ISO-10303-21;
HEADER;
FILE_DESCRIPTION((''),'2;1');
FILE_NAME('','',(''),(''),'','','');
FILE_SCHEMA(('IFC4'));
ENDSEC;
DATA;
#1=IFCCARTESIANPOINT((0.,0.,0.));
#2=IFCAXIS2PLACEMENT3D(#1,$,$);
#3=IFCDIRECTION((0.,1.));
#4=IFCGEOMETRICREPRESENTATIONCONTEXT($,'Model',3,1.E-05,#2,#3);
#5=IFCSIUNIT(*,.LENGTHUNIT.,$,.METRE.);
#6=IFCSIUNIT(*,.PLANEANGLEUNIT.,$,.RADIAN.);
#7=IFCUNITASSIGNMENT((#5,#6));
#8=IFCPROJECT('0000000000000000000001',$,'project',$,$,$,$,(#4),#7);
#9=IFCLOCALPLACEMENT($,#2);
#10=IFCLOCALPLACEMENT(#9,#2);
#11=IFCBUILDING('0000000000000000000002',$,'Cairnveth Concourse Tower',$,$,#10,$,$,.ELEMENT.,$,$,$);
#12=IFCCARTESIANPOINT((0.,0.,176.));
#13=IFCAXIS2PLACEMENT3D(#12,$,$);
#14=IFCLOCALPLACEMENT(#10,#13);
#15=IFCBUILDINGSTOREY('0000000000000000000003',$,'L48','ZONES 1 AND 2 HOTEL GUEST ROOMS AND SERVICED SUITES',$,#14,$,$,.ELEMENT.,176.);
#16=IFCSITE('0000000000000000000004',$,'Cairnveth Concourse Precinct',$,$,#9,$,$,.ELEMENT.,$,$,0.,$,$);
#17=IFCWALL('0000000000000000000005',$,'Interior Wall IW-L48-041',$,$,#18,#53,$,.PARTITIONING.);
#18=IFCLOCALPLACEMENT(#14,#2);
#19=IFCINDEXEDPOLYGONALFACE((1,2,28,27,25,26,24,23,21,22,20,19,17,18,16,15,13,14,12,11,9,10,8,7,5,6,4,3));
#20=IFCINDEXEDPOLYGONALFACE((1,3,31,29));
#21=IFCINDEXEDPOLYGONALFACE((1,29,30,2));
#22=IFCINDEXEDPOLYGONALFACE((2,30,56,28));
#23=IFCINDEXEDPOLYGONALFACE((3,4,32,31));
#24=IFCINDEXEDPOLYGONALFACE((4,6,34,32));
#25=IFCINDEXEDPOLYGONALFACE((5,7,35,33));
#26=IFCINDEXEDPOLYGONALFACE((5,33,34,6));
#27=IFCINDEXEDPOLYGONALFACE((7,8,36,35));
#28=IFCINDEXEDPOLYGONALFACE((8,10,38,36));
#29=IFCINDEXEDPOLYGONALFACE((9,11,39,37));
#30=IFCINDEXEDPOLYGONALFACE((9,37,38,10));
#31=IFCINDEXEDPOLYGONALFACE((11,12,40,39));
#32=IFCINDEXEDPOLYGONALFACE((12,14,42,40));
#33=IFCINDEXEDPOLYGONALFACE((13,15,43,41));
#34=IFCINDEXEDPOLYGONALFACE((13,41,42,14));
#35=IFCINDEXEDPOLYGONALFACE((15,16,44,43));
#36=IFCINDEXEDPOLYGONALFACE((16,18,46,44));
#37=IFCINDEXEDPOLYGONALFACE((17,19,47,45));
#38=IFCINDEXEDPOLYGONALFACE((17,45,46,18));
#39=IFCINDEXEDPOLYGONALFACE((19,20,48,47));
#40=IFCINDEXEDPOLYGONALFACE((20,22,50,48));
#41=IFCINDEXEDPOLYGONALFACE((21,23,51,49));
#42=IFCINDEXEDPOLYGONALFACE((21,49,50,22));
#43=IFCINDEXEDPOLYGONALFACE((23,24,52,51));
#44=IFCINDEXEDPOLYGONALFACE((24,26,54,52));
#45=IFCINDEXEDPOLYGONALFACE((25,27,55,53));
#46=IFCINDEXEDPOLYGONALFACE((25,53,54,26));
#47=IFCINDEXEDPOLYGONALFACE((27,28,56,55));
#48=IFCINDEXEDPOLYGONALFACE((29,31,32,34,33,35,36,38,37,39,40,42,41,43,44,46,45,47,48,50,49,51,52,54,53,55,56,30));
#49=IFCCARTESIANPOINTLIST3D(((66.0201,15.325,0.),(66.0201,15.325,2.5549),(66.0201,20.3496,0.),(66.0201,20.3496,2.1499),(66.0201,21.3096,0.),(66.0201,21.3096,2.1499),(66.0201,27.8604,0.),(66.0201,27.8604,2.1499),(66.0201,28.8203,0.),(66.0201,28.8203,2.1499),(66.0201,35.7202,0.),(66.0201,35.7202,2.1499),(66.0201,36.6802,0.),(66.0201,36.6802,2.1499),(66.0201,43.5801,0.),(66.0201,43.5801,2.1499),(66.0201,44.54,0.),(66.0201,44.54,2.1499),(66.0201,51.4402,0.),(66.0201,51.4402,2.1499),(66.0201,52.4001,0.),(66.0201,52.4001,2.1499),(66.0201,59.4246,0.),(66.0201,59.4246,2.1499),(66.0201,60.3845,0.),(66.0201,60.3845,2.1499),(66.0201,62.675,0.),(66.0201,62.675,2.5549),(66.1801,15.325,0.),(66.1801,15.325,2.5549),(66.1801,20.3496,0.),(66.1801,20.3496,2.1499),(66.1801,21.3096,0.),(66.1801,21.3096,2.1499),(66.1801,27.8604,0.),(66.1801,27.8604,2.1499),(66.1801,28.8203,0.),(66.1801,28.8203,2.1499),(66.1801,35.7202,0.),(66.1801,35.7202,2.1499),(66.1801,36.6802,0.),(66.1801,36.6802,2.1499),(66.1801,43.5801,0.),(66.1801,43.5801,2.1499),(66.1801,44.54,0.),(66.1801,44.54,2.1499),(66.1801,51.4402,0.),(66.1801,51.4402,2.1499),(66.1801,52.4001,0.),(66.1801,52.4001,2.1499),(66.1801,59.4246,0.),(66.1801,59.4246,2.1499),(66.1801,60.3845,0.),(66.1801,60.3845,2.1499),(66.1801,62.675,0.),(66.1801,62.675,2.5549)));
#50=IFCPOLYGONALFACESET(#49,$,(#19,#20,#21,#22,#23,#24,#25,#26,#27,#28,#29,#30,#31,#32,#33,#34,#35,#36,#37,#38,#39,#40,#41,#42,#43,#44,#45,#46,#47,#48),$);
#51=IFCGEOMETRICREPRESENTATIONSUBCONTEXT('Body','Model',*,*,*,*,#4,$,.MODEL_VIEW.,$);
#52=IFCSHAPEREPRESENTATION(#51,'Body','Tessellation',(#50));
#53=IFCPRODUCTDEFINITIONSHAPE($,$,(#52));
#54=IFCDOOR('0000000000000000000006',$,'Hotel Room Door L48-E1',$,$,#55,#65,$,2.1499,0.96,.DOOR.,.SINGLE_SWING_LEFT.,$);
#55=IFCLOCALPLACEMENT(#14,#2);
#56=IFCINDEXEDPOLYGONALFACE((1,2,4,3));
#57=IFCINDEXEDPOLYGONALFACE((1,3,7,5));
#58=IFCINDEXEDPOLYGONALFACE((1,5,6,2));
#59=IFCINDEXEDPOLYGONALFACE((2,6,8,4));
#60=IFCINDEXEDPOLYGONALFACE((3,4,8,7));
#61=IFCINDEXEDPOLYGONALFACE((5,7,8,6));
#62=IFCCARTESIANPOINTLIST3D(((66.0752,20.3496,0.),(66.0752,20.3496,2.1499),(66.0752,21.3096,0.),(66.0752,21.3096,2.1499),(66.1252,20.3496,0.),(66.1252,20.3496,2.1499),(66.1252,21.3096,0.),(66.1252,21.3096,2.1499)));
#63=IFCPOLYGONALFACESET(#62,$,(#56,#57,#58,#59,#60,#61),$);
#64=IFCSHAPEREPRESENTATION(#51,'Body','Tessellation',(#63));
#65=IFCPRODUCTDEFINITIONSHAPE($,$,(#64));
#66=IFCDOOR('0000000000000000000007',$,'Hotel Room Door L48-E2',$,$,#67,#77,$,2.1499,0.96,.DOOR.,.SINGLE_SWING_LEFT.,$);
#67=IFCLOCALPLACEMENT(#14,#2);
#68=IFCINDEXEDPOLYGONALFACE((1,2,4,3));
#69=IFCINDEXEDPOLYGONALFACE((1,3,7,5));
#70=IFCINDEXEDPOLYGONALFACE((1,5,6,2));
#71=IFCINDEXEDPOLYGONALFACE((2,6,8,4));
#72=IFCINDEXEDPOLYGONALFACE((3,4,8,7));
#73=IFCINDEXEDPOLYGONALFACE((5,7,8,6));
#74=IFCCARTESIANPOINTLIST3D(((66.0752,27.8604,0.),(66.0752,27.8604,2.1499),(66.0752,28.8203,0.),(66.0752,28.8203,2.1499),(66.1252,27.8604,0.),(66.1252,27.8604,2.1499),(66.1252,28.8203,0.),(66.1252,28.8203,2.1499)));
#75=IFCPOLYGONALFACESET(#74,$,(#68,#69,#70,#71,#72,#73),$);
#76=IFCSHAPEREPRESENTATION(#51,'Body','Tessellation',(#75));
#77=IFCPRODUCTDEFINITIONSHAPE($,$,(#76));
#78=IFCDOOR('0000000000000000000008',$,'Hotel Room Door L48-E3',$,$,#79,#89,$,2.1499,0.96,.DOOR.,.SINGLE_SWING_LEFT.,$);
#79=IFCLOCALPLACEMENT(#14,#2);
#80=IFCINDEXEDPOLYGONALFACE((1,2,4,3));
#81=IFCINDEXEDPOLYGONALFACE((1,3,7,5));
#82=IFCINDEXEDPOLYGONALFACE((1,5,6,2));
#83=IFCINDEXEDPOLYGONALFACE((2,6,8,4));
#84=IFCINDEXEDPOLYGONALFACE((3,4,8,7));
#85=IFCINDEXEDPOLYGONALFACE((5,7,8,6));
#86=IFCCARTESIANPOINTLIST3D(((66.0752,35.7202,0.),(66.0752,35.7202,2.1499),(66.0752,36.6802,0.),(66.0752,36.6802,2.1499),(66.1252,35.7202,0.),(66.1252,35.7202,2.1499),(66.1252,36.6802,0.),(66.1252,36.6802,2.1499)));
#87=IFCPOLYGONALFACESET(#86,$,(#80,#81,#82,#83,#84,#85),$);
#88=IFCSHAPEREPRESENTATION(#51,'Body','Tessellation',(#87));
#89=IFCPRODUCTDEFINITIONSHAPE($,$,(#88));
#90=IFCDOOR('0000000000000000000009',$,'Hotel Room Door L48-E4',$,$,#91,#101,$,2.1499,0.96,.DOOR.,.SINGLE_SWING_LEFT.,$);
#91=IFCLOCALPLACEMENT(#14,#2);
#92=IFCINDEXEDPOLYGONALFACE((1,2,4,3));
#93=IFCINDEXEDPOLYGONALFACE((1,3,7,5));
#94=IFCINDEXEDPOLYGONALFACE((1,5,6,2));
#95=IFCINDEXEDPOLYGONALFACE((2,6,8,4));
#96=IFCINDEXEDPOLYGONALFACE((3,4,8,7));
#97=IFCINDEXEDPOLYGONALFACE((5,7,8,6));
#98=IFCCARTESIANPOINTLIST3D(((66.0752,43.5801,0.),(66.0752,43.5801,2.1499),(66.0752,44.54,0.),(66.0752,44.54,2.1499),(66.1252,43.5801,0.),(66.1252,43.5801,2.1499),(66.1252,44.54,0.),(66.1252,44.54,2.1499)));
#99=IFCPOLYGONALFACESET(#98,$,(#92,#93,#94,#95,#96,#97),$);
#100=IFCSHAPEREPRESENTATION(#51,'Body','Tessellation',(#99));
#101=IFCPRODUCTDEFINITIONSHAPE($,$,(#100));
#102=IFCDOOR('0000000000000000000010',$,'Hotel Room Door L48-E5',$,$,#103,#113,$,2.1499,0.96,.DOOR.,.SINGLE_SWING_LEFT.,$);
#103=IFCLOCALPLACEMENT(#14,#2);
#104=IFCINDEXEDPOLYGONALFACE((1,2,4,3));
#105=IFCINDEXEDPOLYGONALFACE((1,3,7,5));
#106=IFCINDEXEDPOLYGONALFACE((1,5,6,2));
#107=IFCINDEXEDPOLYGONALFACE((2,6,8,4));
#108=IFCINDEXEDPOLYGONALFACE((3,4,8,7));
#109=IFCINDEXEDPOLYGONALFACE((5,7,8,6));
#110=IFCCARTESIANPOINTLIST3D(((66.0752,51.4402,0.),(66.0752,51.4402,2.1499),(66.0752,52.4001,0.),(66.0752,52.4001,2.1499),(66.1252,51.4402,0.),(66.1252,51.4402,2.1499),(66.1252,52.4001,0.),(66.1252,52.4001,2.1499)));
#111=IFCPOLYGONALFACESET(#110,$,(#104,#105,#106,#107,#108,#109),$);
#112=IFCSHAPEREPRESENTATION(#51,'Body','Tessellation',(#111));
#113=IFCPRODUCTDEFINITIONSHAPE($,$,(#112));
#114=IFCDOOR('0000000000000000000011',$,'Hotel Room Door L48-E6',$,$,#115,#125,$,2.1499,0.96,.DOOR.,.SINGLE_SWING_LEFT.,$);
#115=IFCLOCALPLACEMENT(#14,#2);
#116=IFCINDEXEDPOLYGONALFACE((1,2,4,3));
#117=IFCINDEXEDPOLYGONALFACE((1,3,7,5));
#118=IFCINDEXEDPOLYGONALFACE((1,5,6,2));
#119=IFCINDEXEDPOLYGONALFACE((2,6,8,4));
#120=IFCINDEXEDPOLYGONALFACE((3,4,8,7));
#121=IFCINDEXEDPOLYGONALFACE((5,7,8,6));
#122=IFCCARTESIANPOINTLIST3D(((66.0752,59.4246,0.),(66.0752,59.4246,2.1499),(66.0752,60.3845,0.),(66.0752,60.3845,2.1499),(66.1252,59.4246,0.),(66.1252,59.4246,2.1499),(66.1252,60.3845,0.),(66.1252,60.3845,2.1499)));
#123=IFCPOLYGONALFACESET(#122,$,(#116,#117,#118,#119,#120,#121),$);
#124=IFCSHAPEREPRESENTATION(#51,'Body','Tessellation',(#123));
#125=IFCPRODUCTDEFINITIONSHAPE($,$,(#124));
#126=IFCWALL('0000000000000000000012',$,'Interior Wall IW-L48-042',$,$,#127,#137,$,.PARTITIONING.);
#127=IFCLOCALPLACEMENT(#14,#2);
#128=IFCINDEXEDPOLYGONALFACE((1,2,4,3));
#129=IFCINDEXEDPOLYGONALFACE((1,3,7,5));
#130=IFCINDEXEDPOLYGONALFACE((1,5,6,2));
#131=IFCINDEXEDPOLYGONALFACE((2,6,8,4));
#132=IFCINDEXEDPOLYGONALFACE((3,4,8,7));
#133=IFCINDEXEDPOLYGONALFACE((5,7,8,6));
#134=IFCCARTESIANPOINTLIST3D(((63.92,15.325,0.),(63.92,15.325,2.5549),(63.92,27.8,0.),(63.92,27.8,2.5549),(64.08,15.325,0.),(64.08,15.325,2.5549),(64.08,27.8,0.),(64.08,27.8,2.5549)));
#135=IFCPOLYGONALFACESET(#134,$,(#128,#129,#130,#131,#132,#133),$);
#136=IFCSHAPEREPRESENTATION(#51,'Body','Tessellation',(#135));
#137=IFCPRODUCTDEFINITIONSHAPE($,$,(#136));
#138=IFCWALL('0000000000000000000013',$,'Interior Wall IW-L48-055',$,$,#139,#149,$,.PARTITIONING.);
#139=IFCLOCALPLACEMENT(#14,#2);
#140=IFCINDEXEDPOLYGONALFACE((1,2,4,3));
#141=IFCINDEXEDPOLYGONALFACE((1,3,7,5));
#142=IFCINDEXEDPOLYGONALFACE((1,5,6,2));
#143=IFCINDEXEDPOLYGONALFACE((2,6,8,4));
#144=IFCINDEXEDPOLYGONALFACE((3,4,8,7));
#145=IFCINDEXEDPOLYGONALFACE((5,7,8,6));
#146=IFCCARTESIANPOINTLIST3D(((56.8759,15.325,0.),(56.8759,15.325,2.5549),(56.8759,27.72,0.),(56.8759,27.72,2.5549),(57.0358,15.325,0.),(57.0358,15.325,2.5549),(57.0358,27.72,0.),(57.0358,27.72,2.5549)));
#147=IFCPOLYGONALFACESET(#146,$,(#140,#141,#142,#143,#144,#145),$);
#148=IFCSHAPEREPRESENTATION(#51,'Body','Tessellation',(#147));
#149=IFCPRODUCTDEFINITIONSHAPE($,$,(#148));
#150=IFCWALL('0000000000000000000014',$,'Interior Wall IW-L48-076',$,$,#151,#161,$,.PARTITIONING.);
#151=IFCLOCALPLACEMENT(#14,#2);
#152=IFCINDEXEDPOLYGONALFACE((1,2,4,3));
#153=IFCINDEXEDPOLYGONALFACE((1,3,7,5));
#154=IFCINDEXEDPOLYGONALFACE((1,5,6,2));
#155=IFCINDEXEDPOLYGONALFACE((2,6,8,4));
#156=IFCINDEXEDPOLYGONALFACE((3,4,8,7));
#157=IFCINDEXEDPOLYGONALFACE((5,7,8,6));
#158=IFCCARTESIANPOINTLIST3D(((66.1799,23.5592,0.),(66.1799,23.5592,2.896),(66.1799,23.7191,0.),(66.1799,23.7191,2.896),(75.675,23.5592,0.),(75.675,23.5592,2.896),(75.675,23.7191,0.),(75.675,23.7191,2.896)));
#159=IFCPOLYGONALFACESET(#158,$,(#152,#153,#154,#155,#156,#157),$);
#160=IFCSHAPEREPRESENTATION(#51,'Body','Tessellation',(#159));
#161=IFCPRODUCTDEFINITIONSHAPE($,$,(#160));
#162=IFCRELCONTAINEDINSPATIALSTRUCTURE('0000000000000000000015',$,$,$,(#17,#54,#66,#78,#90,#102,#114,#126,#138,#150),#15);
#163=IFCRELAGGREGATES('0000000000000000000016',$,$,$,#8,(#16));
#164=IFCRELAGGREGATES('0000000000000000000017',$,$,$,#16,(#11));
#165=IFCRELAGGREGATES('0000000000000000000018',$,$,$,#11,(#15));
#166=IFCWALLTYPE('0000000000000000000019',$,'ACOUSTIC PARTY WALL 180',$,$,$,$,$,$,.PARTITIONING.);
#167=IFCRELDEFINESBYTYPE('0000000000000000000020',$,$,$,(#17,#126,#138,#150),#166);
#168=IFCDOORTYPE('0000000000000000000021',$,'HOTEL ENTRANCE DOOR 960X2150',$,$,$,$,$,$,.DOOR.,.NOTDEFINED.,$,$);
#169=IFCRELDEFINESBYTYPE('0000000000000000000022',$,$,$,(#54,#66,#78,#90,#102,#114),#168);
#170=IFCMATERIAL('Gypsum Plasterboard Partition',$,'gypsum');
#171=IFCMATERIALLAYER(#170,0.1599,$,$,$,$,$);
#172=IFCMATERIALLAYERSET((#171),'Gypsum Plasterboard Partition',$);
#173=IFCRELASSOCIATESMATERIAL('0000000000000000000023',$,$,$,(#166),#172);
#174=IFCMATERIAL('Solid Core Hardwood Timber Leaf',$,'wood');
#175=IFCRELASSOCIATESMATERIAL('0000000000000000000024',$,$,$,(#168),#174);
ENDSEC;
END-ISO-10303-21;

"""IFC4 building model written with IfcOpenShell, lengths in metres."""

from ifc_helpers import new_model, si_unit, direction, frame, frame_2d, origin, place, context, subcontext, project, spatial, rectangle, extrude, material, layer, layer_set, type_object, element, fill, save


model = new_model("IFC4")

# Units and contexts
model_context = context("Model", 3, precision=1e-05, world=origin(), true_north=direction((0.0, 1.0)))
body_context = subcontext(model_context, "Body", "Model", "MODEL_VIEW")
ifc_project = project(units=[si_unit("LENGTHUNIT", "METRE"), si_unit("PLANEANGLEUNIT", "RADIAN")], contexts=[model_context])

# Site, building, storey
site_placement = place(None, origin())
site = spatial("IfcSite", under=ifc_project, at=site_placement, Name="Cairnveth Concourse Precinct", CompositionType="ELEMENT", RefElevation=0.0)
building_placement = place(site_placement, origin())
building = spatial("IfcBuilding", under=site, at=building_placement, Name="Cairnveth Concourse Tower", CompositionType="ELEMENT")
storey_placement = place(building_placement, frame((0.0, 0.0, 176.0)))
storey = spatial("IfcBuildingStorey", under=building, at=storey_placement, Name="L48", Description="ZONES 1 AND 2 HOTEL GUEST ROOMS AND SERVICED SUITES", CompositionType="ELEMENT", Elevation=176.0)

# Wall, openings, doors
ifc_material_1 = material(Name="Gypsum Plasterboard Partition", Category="gypsum")
ifc_layer_1 = layer(ifc_material_1, 0.1599)
ifc_layer_set_1 = layer_set([ifc_layer_1], Name="Gypsum Plasterboard Partition")
wall_type_1 = type_object("IfcWallType", Name="ACOUSTIC PARTY WALL 180", PredefinedType="PARTITIONING", material=ifc_layer_set_1)
wall_1_placement = place(storey_placement, frame((66.1001, 15.325, 0.0), z_axis=(0.0, 0.0, 1.0), x_axis=(0.0, 1.0, 0.0)))
wall_1 = element("IfcWall", 1, at=wall_1_placement, inside=storey, type_object=wall_type_1, Name="Interior Wall IW-L48-041", PredefinedType="PARTITIONING", context=body_context, shape_type="SweptSolid", body=[
    extrude(rectangle(XDim=47.3501, YDim=0.1599, at=frame_2d((23.675, 0.0))), origin(), (0.0, 0.0, 1.0), 2.5549),
])
opening_1_placement = place(wall_1_placement, frame((5.0247, 0.0, 0.0)))
opening_1 = element("IfcOpeningElement", 2, at=opening_1_placement, cuts=wall_1, PredefinedType="OPENING", context=body_context, shape_type="SweptSolid", body=[
    extrude(rectangle(XDim=0.96, YDim=2.1499, at=frame_2d((0.48, 1.075))), frame((0.0, 0.0898, 0.0), z_axis=(0.0, -1.0, 0.0), x_axis=(1.0, 0.0, 0.0)), (0.0, 0.0, 1.0), 0.1799),
])
opening_2_placement = place(wall_1_placement, frame((12.5354, 0.0, 0.0)))
opening_2 = element("IfcOpeningElement", 3, at=opening_2_placement, cuts=wall_1, PredefinedType="OPENING", context=body_context, shape_type="SweptSolid", body=[
    extrude(rectangle(XDim=0.96, YDim=2.1499, at=frame_2d((0.48, 1.075))), frame((0.0, 0.0898, 0.0), z_axis=(0.0, -1.0, 0.0), x_axis=(1.0, 0.0, 0.0)), (0.0, 0.0, 1.0), 0.1799),
])
opening_3_placement = place(wall_1_placement, frame((20.3953, 0.0, 0.0)))
opening_3 = element("IfcOpeningElement", 4, at=opening_3_placement, cuts=wall_1, PredefinedType="OPENING", context=body_context, shape_type="SweptSolid", body=[
    extrude(rectangle(XDim=0.96, YDim=2.1499, at=frame_2d((0.48, 1.075))), frame((0.0, 0.0898, 0.0), z_axis=(0.0, -1.0, 0.0), x_axis=(1.0, 0.0, 0.0)), (0.0, 0.0, 1.0), 0.1799),
])
opening_4_placement = place(wall_1_placement, frame((28.2551, 0.0, 0.0)))
opening_4 = element("IfcOpeningElement", 5, at=opening_4_placement, cuts=wall_1, PredefinedType="OPENING", context=body_context, shape_type="SweptSolid", body=[
    extrude(rectangle(XDim=0.96, YDim=2.1499, at=frame_2d((0.48, 1.075))), frame((0.0, 0.0898, 0.0), z_axis=(0.0, -1.0, 0.0), x_axis=(1.0, 0.0, 0.0)), (0.0, 0.0, 1.0), 0.1799),
])
opening_5_placement = place(wall_1_placement, frame((36.1152, 0.0, 0.0)))
opening_5 = element("IfcOpeningElement", 6, at=opening_5_placement, cuts=wall_1, PredefinedType="OPENING", context=body_context, shape_type="SweptSolid", body=[
    extrude(rectangle(XDim=0.96, YDim=2.1499, at=frame_2d((0.48, 1.075))), frame((0.0, 0.0898, 0.0), z_axis=(0.0, -1.0, 0.0), x_axis=(1.0, 0.0, 0.0)), (0.0, 0.0, 1.0), 0.1799),
])
opening_6_placement = place(wall_1_placement, frame((44.0996, 0.0, 0.0)))
opening_6 = element("IfcOpeningElement", 7, at=opening_6_placement, cuts=wall_1, PredefinedType="OPENING", context=body_context, shape_type="SweptSolid", body=[
    extrude(rectangle(XDim=0.96, YDim=2.1499, at=frame_2d((0.48, 1.075))), frame((0.0, 0.0898, 0.0), z_axis=(0.0, -1.0, 0.0), x_axis=(1.0, 0.0, 0.0)), (0.0, 0.0, 1.0), 0.1799),
])
ifc_material_2 = material(Name="Solid Core Hardwood Timber Leaf", Category="wood")
door_type_1 = type_object("IfcDoorType", Name="HOTEL ENTRANCE DOOR 960X2150", OperationType="NOTDEFINED", PredefinedType="DOOR", material=ifc_material_2)
door_1_placement = place(opening_1_placement, origin())
door_1 = element("IfcDoor", 8, at=door_1_placement, inside=storey, type_object=door_type_1, Name="Hotel Room Door L48-E1", OperationType="SINGLE_SWING_LEFT", OverallHeight=2.1499, OverallWidth=0.96, PredefinedType="DOOR", context=body_context, shape_type="SweptSolid", body=[
    extrude(rectangle(XDim=0.96, YDim=2.1499, at=frame_2d((0.48, 1.075))), frame((0.0, 0.0249, 0.0), z_axis=(0.0, -1.0, 0.0), x_axis=(1.0, 0.0, 0.0)), (0.0, 0.0, 1.0), 0.05),
])
fill(opening_1, door_1)
door_2_placement = place(opening_2_placement, origin())
door_2 = element("IfcDoor", 9, at=door_2_placement, inside=storey, type_object=door_type_1, Name="Hotel Room Door L48-E2", OperationType="SINGLE_SWING_LEFT", OverallHeight=2.1499, OverallWidth=0.96, PredefinedType="DOOR", context=body_context, shape_type="SweptSolid", body=[
    extrude(rectangle(XDim=0.96, YDim=2.1499, at=frame_2d((0.48, 1.075))), frame((0.0, 0.0249, 0.0), z_axis=(0.0, -1.0, 0.0), x_axis=(1.0, 0.0, 0.0)), (0.0, 0.0, 1.0), 0.05),
])
fill(opening_2, door_2)
door_3_placement = place(opening_3_placement, origin())
door_3 = element("IfcDoor", 10, at=door_3_placement, inside=storey, type_object=door_type_1, Name="Hotel Room Door L48-E3", OperationType="SINGLE_SWING_LEFT", OverallHeight=2.1499, OverallWidth=0.96, PredefinedType="DOOR", context=body_context, shape_type="SweptSolid", body=[
    extrude(rectangle(XDim=0.96, YDim=2.1499, at=frame_2d((0.48, 1.075))), frame((0.0, 0.0249, 0.0), z_axis=(0.0, -1.0, 0.0), x_axis=(1.0, 0.0, 0.0)), (0.0, 0.0, 1.0), 0.05),
])
fill(opening_3, door_3)
door_4_placement = place(opening_4_placement, origin())
door_4 = element("IfcDoor", 11, at=door_4_placement, inside=storey, type_object=door_type_1, Name="Hotel Room Door L48-E4", OperationType="SINGLE_SWING_LEFT", OverallHeight=2.1499, OverallWidth=0.96, PredefinedType="DOOR", context=body_context, shape_type="SweptSolid", body=[
    extrude(rectangle(XDim=0.96, YDim=2.1499, at=frame_2d((0.48, 1.075))), frame((0.0, 0.0249, 0.0), z_axis=(0.0, -1.0, 0.0), x_axis=(1.0, 0.0, 0.0)), (0.0, 0.0, 1.0), 0.05),
])
fill(opening_4, door_4)
door_5_placement = place(opening_5_placement, origin())
door_5 = element("IfcDoor", 12, at=door_5_placement, inside=storey, type_object=door_type_1, Name="Hotel Room Door L48-E5", OperationType="SINGLE_SWING_LEFT", OverallHeight=2.1499, OverallWidth=0.96, PredefinedType="DOOR", context=body_context, shape_type="SweptSolid", body=[
    extrude(rectangle(XDim=0.96, YDim=2.1499, at=frame_2d((0.48, 1.075))), frame((0.0, 0.0249, 0.0), z_axis=(0.0, -1.0, 0.0), x_axis=(1.0, 0.0, 0.0)), (0.0, 0.0, 1.0), 0.05),
])
fill(opening_5, door_5)
door_6_placement = place(opening_6_placement, origin())
door_6 = element("IfcDoor", 13, at=door_6_placement, inside=storey, type_object=door_type_1, Name="Hotel Room Door L48-E6", OperationType="SINGLE_SWING_LEFT", OverallHeight=2.1499, OverallWidth=0.96, PredefinedType="DOOR", context=body_context, shape_type="SweptSolid", body=[
    extrude(rectangle(XDim=0.96, YDim=2.1499, at=frame_2d((0.48, 1.075))), frame((0.0, 0.0249, 0.0), z_axis=(0.0, -1.0, 0.0), x_axis=(1.0, 0.0, 0.0)), (0.0, 0.0, 1.0), 0.05),
])
fill(opening_6, door_6)

# Walls
wall_2_placement = place(storey_placement, frame((64.0, 15.325, 0.0), z_axis=(0.0, 0.0, 1.0), x_axis=(0.0, 1.0, 0.0)))
element("IfcWall", 14, at=wall_2_placement, inside=storey, type_object=wall_type_1, Name="Interior Wall IW-L48-042", PredefinedType="PARTITIONING", context=body_context, shape_type="SweptSolid", body=[
    extrude(rectangle(XDim=12.4751, YDim=0.1599, at=frame_2d((6.2375, 0.0))), origin(), (0.0, 0.0, 1.0), 2.5549),
])
wall_3_placement = place(storey_placement, frame((56.9558, 15.325, 0.0), z_axis=(0.0, 0.0, 1.0), x_axis=(0.0, 1.0, 0.0)))
element("IfcWall", 15, at=wall_3_placement, inside=storey, type_object=wall_type_1, Name="Interior Wall IW-L48-055", PredefinedType="PARTITIONING", context=body_context, shape_type="SweptSolid", body=[
    extrude(rectangle(XDim=12.395, YDim=0.1599, at=frame_2d((6.1975, 0.0))), origin(), (0.0, 0.0, 1.0), 2.5549),
])
wall_4_placement = place(storey_placement, frame((66.1799, 23.6392, 0.0), z_axis=(0.0, 0.0, 1.0), x_axis=(1.0, 0.0, 0.0)))
element("IfcWall", 16, at=wall_4_placement, inside=storey, type_object=wall_type_1, Name="Interior Wall IW-L48-076", PredefinedType="PARTITIONING", context=body_context, shape_type="SweptSolid", body=[
    extrude(rectangle(XDim=9.4951, YDim=0.1599, at=frame_2d((4.7476, 0.0))), origin(), (0.0, 0.0, 1.0), 2.896),
])

save(model, "model.ifc")
